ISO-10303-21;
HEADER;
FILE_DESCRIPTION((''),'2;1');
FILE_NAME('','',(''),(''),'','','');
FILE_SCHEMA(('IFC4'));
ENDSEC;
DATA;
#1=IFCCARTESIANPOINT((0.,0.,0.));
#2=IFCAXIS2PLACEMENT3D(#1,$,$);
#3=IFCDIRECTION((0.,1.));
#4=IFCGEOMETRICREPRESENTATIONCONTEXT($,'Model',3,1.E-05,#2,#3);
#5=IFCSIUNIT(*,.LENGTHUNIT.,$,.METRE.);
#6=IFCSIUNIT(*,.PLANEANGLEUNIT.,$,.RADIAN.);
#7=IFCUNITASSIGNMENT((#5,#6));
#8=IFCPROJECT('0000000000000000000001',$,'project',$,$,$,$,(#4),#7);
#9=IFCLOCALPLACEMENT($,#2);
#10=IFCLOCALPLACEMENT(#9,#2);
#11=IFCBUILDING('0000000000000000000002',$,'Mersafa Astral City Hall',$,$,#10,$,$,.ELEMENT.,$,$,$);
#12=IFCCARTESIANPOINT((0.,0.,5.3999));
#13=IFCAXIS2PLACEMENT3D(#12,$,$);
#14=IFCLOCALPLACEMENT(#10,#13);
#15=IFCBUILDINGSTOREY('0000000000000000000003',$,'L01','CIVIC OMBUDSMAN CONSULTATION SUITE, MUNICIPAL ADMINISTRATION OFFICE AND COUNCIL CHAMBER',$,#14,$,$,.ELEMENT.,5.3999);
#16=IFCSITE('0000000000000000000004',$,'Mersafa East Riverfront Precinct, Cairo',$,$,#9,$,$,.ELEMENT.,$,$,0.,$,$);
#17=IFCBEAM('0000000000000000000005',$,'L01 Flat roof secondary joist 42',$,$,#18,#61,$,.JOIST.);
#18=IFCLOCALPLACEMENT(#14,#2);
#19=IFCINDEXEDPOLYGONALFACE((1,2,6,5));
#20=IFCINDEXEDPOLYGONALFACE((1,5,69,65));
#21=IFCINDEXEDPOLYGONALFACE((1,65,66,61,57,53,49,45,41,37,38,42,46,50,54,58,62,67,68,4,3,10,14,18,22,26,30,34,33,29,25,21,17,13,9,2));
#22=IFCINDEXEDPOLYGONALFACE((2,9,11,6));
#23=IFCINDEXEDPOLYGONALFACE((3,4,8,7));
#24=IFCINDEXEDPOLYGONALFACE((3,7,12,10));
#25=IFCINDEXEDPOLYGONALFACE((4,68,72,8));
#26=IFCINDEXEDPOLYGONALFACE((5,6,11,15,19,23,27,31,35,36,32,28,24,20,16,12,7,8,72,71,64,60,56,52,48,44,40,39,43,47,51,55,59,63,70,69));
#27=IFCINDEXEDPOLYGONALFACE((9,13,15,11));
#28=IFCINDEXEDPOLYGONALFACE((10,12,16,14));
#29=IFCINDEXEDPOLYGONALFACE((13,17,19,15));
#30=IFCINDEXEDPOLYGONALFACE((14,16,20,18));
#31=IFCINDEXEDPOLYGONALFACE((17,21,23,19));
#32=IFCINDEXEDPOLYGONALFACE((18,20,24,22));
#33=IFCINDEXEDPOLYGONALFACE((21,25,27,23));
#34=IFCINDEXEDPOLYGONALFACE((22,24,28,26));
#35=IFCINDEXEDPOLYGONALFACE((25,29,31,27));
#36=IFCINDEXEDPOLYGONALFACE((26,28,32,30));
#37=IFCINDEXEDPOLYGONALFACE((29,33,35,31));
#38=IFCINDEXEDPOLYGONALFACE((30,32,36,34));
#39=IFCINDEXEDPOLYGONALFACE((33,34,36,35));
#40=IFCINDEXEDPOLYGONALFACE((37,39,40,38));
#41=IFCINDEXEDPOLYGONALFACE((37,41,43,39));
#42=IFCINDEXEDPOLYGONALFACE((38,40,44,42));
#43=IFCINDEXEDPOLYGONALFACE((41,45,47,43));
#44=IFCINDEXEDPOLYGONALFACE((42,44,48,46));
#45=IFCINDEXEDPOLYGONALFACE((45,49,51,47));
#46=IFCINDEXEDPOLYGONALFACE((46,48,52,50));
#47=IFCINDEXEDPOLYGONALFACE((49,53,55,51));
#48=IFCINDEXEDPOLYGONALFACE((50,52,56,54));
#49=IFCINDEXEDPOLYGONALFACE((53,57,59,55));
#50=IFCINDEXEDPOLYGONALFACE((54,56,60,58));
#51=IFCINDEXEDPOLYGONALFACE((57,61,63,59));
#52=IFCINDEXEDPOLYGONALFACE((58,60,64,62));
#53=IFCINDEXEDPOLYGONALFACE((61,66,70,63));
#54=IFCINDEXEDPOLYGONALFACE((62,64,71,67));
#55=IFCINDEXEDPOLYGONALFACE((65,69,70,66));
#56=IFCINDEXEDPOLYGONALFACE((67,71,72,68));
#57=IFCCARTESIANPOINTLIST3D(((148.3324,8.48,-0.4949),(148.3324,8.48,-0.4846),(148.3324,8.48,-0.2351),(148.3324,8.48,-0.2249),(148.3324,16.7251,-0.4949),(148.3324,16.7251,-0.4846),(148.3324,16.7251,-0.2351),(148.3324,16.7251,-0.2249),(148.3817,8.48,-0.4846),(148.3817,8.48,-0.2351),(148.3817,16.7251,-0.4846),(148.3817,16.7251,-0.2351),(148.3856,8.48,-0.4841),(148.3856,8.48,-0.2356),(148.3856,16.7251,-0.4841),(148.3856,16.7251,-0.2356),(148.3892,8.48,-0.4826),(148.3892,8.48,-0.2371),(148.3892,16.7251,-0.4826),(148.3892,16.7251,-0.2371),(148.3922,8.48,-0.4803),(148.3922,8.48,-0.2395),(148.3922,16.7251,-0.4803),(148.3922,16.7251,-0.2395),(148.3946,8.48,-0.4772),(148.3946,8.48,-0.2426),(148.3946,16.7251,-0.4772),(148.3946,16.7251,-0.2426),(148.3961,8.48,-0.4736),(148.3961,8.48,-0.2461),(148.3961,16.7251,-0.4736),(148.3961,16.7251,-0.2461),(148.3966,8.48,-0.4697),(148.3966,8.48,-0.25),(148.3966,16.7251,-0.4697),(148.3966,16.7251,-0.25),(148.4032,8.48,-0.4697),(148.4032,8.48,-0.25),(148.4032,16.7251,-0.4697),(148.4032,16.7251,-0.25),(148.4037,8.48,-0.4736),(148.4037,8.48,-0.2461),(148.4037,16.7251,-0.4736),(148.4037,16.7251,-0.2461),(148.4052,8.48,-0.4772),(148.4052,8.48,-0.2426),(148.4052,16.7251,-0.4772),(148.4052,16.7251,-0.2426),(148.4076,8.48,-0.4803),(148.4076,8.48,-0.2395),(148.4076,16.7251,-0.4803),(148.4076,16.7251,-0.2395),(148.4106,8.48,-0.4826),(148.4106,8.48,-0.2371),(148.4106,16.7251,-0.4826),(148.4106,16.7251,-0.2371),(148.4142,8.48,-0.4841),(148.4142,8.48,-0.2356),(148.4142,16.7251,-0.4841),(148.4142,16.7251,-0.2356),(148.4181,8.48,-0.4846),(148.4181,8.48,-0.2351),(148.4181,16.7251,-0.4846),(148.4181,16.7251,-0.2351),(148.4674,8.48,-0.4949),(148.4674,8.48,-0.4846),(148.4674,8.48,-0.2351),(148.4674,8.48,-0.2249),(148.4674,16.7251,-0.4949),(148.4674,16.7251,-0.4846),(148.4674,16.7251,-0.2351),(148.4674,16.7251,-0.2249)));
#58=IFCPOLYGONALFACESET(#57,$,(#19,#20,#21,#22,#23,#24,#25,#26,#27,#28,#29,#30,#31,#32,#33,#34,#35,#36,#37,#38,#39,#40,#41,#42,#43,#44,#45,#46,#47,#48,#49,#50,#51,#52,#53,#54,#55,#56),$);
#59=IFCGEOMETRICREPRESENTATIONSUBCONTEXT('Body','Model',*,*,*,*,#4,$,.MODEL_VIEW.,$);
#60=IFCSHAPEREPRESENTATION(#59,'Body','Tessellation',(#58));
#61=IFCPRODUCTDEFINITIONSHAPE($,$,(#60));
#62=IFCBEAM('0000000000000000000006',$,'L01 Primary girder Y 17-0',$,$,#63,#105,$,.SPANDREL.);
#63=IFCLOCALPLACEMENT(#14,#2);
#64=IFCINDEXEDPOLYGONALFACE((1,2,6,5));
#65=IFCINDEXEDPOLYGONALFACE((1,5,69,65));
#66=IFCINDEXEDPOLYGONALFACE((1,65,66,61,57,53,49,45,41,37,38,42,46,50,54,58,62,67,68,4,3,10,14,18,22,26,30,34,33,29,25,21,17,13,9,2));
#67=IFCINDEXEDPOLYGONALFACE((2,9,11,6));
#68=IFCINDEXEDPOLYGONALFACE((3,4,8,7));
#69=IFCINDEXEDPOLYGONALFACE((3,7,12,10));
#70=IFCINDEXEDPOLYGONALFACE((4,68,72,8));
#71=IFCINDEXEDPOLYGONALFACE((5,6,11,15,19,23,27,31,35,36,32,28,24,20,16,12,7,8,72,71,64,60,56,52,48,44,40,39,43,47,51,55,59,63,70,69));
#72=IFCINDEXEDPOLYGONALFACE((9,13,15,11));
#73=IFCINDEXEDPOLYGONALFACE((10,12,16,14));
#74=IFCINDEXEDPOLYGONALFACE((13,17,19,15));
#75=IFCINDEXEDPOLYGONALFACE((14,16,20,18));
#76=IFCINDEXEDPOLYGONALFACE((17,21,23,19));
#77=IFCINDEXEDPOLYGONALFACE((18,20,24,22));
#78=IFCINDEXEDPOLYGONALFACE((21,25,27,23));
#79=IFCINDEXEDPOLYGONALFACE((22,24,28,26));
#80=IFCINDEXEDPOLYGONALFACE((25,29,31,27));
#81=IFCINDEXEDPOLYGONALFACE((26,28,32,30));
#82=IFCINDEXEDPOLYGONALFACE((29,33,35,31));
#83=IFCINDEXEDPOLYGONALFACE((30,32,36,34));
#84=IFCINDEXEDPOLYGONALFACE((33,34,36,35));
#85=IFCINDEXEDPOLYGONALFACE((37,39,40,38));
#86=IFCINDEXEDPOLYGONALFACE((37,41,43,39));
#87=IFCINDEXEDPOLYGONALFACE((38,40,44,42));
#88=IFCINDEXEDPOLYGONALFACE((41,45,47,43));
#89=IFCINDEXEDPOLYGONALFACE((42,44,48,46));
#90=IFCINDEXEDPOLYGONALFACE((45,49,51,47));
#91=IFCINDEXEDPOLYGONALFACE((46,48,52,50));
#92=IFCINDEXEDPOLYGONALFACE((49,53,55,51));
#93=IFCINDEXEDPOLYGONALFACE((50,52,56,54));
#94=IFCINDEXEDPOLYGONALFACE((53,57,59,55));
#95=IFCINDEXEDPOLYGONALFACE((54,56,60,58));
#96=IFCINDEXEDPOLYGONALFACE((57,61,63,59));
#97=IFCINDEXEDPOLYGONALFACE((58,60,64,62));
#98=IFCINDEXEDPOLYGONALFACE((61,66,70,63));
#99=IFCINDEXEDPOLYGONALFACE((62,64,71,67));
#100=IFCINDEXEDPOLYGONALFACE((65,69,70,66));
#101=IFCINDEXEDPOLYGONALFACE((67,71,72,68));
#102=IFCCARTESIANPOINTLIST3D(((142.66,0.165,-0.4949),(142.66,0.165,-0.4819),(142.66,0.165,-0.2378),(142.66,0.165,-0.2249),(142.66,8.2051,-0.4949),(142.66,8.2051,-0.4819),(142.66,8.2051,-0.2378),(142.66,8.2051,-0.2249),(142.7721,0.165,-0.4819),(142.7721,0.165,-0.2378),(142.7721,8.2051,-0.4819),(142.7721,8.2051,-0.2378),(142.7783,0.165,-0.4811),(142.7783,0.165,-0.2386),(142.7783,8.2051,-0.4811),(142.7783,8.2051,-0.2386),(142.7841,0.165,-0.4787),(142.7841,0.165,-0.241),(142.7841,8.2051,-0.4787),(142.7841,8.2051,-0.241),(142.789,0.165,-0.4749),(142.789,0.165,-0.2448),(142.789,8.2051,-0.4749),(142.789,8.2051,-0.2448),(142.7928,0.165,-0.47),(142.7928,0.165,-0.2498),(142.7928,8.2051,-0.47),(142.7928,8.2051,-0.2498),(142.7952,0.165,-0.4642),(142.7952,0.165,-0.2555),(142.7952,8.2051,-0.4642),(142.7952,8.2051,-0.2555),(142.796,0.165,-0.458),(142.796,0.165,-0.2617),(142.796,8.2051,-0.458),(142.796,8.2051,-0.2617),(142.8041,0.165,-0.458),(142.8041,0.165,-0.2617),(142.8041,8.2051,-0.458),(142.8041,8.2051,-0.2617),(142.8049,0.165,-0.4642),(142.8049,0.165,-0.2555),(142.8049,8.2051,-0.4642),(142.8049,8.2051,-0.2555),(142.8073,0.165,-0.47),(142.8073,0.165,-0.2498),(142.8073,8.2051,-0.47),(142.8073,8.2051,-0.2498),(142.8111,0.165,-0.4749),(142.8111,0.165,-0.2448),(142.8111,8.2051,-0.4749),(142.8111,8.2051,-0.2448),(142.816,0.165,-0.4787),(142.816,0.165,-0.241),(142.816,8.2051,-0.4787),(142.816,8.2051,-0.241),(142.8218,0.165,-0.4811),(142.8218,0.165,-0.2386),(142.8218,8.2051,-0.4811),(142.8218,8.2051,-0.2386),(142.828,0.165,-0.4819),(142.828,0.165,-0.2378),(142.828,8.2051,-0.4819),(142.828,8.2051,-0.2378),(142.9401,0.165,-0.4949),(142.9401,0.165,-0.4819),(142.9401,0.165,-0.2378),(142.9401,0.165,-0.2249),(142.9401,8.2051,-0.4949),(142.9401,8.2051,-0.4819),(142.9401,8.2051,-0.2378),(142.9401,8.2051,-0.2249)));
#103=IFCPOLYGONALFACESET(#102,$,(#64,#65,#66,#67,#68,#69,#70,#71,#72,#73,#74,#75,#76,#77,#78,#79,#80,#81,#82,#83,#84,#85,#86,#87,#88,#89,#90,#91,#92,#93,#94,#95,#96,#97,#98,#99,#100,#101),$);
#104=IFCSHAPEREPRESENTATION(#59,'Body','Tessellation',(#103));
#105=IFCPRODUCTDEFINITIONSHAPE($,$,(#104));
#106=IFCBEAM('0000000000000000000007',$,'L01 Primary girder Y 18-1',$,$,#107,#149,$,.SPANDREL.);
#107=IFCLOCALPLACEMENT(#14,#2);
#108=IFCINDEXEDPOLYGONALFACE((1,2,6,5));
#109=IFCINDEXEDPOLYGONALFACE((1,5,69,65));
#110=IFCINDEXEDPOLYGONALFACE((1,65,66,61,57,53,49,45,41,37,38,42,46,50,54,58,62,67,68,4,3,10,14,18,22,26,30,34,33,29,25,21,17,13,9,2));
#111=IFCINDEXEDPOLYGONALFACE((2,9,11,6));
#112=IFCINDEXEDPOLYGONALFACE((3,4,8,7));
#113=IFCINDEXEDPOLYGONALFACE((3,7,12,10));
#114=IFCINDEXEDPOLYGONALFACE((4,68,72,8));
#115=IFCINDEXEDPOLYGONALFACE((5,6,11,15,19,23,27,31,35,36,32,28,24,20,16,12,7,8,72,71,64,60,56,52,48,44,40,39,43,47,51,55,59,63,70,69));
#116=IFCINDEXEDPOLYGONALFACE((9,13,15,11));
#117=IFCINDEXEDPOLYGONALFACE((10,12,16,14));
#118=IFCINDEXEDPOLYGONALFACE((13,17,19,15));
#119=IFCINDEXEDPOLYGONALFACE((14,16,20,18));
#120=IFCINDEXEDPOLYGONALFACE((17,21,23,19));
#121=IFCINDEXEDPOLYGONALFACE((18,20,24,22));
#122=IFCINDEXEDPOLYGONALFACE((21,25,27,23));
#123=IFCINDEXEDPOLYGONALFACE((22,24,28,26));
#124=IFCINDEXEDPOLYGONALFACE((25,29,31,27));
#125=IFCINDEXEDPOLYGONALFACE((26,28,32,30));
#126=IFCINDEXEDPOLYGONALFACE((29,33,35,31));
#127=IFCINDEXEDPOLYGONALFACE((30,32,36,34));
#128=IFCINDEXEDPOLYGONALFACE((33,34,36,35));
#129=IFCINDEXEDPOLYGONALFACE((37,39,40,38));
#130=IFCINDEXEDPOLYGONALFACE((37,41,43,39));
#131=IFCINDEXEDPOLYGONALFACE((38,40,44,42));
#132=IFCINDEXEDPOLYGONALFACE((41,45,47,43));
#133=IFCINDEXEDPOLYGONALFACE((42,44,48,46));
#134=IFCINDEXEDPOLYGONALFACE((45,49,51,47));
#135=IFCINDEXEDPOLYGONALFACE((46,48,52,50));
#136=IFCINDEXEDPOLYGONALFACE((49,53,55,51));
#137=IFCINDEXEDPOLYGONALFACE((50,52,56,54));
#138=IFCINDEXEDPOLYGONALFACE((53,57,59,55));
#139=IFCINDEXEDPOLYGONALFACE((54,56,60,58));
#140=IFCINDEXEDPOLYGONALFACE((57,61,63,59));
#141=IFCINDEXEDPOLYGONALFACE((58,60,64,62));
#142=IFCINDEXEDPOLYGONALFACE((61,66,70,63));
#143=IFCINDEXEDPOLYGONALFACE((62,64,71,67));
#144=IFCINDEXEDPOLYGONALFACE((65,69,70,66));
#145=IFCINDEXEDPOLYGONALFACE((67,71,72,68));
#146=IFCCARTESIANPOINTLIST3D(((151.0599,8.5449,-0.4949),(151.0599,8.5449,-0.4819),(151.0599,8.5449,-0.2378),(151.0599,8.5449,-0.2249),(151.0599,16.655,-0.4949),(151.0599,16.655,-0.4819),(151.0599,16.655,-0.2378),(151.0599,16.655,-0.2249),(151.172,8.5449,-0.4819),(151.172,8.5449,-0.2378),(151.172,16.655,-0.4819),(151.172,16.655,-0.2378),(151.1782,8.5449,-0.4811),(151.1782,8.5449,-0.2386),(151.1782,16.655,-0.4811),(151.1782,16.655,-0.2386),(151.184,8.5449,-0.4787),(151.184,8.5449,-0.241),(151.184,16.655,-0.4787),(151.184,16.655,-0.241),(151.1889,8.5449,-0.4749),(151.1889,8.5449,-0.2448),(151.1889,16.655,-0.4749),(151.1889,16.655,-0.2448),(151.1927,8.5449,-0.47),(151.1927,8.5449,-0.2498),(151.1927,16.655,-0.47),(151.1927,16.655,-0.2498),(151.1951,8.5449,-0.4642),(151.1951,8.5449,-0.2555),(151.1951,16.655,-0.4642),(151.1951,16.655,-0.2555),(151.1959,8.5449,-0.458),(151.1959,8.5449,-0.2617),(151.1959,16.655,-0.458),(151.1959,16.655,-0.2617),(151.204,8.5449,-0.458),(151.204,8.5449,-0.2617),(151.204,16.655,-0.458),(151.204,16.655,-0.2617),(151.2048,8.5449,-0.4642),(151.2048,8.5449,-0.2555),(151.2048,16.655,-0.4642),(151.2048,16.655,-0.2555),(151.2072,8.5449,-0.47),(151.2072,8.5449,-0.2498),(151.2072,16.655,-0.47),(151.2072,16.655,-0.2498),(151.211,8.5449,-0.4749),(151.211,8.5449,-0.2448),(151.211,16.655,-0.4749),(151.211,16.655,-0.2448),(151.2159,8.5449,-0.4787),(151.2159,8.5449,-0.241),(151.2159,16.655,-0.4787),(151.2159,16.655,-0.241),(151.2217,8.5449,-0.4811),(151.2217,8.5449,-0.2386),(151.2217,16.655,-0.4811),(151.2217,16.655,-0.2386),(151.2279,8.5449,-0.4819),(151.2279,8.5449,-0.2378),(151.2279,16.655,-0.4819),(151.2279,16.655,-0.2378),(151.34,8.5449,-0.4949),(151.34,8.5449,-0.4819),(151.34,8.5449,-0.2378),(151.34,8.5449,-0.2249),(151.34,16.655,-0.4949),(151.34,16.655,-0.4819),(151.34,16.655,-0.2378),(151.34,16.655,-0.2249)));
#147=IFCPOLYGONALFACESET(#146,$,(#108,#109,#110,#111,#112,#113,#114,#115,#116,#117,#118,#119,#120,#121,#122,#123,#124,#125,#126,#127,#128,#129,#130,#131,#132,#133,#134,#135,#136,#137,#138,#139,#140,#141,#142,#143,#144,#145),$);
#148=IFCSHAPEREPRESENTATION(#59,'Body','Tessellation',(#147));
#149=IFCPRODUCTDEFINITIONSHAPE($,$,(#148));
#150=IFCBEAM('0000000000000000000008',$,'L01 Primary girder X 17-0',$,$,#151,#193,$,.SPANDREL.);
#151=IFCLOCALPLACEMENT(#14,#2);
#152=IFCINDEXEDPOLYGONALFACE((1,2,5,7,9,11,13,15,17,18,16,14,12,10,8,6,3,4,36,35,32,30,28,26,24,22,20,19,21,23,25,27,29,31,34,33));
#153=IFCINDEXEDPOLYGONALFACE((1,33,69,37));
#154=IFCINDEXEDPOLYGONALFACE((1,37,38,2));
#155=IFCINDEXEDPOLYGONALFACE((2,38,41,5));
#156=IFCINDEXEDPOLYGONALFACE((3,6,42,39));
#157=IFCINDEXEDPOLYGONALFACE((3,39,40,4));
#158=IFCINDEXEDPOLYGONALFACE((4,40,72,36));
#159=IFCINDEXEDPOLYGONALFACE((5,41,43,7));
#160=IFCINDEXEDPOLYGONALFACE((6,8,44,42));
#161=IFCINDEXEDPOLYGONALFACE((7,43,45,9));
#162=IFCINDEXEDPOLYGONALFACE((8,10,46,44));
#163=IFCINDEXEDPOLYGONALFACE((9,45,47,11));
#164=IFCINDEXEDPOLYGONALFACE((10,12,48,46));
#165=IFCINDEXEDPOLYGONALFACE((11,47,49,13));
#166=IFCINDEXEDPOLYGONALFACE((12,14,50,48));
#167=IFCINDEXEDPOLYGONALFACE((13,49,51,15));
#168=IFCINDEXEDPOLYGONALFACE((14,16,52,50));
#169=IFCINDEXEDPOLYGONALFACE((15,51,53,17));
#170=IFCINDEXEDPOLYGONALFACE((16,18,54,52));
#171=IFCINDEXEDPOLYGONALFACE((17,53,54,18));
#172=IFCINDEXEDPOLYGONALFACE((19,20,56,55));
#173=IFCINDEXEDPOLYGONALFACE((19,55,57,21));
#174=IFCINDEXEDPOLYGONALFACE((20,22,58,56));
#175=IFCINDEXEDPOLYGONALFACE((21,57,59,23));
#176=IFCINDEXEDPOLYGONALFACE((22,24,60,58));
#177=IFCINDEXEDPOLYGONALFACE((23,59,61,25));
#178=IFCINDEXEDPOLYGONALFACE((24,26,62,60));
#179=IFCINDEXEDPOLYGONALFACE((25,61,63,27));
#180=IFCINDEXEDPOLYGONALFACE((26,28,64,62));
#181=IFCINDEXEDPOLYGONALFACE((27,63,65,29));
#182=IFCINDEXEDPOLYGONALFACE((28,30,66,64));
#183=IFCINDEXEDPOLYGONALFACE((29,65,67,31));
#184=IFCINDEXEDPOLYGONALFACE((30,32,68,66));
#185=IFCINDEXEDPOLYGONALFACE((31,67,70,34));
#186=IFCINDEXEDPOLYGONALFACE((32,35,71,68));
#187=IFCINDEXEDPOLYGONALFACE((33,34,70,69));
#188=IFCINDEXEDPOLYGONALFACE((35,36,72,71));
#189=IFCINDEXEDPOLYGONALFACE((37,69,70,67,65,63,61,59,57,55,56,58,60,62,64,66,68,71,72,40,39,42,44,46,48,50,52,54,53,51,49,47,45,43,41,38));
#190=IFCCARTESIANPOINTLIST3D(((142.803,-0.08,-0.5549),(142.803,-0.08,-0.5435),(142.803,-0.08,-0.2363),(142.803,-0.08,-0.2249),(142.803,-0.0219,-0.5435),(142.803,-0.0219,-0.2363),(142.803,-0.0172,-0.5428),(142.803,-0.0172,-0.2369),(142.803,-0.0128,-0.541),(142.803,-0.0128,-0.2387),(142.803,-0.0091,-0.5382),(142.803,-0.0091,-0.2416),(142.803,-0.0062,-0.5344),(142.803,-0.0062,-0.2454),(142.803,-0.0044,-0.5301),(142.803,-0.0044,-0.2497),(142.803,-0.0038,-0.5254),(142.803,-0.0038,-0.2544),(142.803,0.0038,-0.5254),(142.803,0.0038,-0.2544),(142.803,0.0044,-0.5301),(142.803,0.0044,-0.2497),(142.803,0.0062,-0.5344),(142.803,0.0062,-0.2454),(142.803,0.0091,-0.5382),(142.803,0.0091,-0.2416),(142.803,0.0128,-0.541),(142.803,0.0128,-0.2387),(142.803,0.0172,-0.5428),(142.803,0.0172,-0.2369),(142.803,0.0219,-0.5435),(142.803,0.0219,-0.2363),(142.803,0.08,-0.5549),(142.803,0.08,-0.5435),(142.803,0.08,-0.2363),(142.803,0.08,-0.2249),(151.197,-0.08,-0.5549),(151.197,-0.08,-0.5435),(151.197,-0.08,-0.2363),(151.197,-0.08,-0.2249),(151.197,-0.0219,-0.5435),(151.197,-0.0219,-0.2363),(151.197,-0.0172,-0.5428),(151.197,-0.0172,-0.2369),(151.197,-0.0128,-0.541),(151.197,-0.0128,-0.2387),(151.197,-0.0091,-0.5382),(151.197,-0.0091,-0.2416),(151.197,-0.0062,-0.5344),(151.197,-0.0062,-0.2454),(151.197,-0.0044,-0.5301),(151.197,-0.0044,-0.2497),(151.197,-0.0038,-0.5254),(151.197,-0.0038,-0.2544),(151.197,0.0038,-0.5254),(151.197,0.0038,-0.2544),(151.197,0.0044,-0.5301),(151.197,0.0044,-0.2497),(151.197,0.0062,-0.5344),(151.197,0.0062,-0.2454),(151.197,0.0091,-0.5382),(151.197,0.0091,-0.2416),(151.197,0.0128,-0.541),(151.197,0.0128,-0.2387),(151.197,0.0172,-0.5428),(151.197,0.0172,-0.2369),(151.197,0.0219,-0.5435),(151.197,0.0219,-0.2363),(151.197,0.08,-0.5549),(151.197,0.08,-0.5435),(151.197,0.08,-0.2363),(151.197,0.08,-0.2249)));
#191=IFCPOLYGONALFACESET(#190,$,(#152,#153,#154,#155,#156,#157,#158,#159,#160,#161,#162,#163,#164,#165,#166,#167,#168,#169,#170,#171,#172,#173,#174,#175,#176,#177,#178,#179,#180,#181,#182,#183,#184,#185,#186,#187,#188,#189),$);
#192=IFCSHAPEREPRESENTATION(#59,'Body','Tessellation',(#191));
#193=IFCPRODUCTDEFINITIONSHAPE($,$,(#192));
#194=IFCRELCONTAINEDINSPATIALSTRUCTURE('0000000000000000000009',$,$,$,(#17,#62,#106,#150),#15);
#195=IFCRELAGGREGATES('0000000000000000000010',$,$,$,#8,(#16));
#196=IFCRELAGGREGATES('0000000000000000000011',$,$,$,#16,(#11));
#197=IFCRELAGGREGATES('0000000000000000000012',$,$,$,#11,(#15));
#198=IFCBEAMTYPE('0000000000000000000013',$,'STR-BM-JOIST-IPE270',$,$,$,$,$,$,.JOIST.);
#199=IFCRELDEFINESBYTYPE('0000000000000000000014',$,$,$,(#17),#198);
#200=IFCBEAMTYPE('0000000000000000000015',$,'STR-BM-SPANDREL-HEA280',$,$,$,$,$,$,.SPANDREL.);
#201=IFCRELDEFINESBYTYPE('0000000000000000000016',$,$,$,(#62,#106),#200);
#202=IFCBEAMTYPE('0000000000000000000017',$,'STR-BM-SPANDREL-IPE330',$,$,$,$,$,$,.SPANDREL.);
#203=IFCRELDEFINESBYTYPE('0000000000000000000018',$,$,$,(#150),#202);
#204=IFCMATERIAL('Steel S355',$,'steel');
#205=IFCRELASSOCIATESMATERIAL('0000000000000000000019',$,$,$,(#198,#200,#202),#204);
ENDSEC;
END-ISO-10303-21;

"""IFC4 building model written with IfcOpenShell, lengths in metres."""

from ifc_helpers import new_model, si_unit, direction, frame, origin, origin_2d, place, context, subcontext, project, spatial, i_section, extrude, material, material_profile, profile_set, type_object, element, save


model = new_model("IFC4")

# Units and contexts
model_context = context("Model", 3, precision=1e-05, world=origin(), true_north=direction((0.0, 1.0)))
body_context = subcontext(model_context, "Body", "Model", "MODEL_VIEW")
ifc_project = project(units=[si_unit("LENGTHUNIT", "METRE"), si_unit("PLANEANGLEUNIT", "RADIAN")], contexts=[model_context])

# Site, building, storey
site_placement = place(None, origin())
site = spatial("IfcSite", under=ifc_project, at=site_placement, Name="Mersafa East Riverfront Precinct, Cairo", CompositionType="ELEMENT", RefElevation=0.0)
building_placement = place(site_placement, origin())
building = spatial("IfcBuilding", under=site, at=building_placement, Name="Mersafa Astral City Hall", CompositionType="ELEMENT")
storey_placement = place(building_placement, frame((0.0, 0.0, 5.3999)))
storey = spatial("IfcBuildingStorey", under=building, at=storey_placement, Name="L01", Description="CIVIC OMBUDSMAN CONSULTATION SUITE, MUNICIPAL ADMINISTRATION OFFICE AND COUNCIL CHAMBER", CompositionType="ELEMENT", Elevation=5.3999)

# Shared definitions
ifc_material_1 = material(Name="Steel S355", Category="steel")

# Beams
ifc_material_profile_1 = material_profile(ifc_material_1, i_section(OverallWidth=0.135, OverallDepth=0.27, WebThickness=0.0066, FlangeThickness=0.0103, FilletRadius=0.0149, at=origin_2d()), Name="IPE 270")
ifc_profile_set_1 = profile_set([ifc_material_profile_1], Name="Steel S355")
beam_type_1 = type_object("IfcBeamType", Name="STR-BM-JOIST-IPE270", PredefinedType="JOIST", material=ifc_profile_set_1)
for number, where, z_axis, x_axis, name in (
    (1, (148.3999, 8.48, -0.3599), (0.0, 1.0, 0.0), (-1.0, 0.0, 0.0), "L01 Flat roof secondary joist 42"),
):
    element("IfcBeam", number, at=place(storey_placement, frame(where, z_axis=z_axis, x_axis=x_axis)), inside=storey, type_object=beam_type_1, Name=name, PredefinedType="JOIST", context=body_context, shape_type="SweptSolid", body=[
        extrude(i_section(OverallWidth=0.135, OverallDepth=0.27, WebThickness=0.0066, FlangeThickness=0.0103, FilletRadius=0.0149, at=origin_2d()), origin(), (0.0, 0.0, 1.0), 8.2451),
    ])
ifc_material_profile_2 = material_profile(ifc_material_1, i_section(OverallWidth=0.28, OverallDepth=0.27, WebThickness=0.0081, FlangeThickness=0.0129, FilletRadius=0.0239, at=origin_2d()), Name="HEA 280")
ifc_profile_set_2 = profile_set([ifc_material_profile_2], Name="Steel S355")
beam_type_2 = type_object("IfcBeamType", Name="STR-BM-SPANDREL-HEA280", PredefinedType="SPANDREL", material=ifc_profile_set_2)
beam_1_placement = place(storey_placement, frame((142.8, 0.165, -0.3599), z_axis=(0.0, 1.0, 0.0), x_axis=(-1.0, 0.0, 0.0)))
element("IfcBeam", 2, at=beam_1_placement, inside=storey, type_object=beam_type_2, Name="L01 Primary girder Y 17-0", PredefinedType="SPANDREL", context=body_context, shape_type="SweptSolid", body=[
    extrude(i_section(OverallWidth=0.28, OverallDepth=0.27, WebThickness=0.0081, FlangeThickness=0.0129, FilletRadius=0.0239, at=origin_2d()), origin(), (0.0, 0.0, 1.0), 8.04),
])
beam_2_placement = place(storey_placement, frame((151.2, 8.5449, -0.3599), z_axis=(0.0, 1.0, 0.0), x_axis=(-1.0, 0.0, 0.0)))
element("IfcBeam", 3, at=beam_2_placement, inside=storey, type_object=beam_type_2, Name="L01 Primary girder Y 18-1", PredefinedType="SPANDREL", context=body_context, shape_type="SweptSolid", body=[
    extrude(i_section(OverallWidth=0.28, OverallDepth=0.27, WebThickness=0.0081, FlangeThickness=0.0129, FilletRadius=0.0239, at=origin_2d()), origin(), (0.0, 0.0, 1.0), 8.1101),
])
ifc_material_profile_3 = material_profile(ifc_material_1, i_section(OverallWidth=0.1599, OverallDepth=0.3301, WebThickness=0.0076, FlangeThickness=0.0115, FilletRadius=0.0181, at=origin_2d()), Name="IPE 330")
ifc_profile_set_3 = profile_set([ifc_material_profile_3], Name="Steel S355")
beam_type_3 = type_object("IfcBeamType", Name="STR-BM-SPANDREL-IPE330", PredefinedType="SPANDREL", material=ifc_profile_set_3)
beam_3_placement = place(storey_placement, frame((142.803, 0.0, -0.3899), z_axis=(1.0, 0.0, 0.0), x_axis=(0.0, 1.0, 0.0)))
element("IfcBeam", 4, at=beam_3_placement, inside=storey, type_object=beam_type_3, Name="L01 Primary girder X 17-0", PredefinedType="SPANDREL", context=body_context, shape_type="SweptSolid", body=[
    extrude(i_section(OverallWidth=0.1599, OverallDepth=0.3301, WebThickness=0.0076, FlangeThickness=0.0115, FilletRadius=0.0181, at=origin_2d()), origin(), (0.0, 0.0, 1.0), 8.394),
])

save(model, "model.ifc")
